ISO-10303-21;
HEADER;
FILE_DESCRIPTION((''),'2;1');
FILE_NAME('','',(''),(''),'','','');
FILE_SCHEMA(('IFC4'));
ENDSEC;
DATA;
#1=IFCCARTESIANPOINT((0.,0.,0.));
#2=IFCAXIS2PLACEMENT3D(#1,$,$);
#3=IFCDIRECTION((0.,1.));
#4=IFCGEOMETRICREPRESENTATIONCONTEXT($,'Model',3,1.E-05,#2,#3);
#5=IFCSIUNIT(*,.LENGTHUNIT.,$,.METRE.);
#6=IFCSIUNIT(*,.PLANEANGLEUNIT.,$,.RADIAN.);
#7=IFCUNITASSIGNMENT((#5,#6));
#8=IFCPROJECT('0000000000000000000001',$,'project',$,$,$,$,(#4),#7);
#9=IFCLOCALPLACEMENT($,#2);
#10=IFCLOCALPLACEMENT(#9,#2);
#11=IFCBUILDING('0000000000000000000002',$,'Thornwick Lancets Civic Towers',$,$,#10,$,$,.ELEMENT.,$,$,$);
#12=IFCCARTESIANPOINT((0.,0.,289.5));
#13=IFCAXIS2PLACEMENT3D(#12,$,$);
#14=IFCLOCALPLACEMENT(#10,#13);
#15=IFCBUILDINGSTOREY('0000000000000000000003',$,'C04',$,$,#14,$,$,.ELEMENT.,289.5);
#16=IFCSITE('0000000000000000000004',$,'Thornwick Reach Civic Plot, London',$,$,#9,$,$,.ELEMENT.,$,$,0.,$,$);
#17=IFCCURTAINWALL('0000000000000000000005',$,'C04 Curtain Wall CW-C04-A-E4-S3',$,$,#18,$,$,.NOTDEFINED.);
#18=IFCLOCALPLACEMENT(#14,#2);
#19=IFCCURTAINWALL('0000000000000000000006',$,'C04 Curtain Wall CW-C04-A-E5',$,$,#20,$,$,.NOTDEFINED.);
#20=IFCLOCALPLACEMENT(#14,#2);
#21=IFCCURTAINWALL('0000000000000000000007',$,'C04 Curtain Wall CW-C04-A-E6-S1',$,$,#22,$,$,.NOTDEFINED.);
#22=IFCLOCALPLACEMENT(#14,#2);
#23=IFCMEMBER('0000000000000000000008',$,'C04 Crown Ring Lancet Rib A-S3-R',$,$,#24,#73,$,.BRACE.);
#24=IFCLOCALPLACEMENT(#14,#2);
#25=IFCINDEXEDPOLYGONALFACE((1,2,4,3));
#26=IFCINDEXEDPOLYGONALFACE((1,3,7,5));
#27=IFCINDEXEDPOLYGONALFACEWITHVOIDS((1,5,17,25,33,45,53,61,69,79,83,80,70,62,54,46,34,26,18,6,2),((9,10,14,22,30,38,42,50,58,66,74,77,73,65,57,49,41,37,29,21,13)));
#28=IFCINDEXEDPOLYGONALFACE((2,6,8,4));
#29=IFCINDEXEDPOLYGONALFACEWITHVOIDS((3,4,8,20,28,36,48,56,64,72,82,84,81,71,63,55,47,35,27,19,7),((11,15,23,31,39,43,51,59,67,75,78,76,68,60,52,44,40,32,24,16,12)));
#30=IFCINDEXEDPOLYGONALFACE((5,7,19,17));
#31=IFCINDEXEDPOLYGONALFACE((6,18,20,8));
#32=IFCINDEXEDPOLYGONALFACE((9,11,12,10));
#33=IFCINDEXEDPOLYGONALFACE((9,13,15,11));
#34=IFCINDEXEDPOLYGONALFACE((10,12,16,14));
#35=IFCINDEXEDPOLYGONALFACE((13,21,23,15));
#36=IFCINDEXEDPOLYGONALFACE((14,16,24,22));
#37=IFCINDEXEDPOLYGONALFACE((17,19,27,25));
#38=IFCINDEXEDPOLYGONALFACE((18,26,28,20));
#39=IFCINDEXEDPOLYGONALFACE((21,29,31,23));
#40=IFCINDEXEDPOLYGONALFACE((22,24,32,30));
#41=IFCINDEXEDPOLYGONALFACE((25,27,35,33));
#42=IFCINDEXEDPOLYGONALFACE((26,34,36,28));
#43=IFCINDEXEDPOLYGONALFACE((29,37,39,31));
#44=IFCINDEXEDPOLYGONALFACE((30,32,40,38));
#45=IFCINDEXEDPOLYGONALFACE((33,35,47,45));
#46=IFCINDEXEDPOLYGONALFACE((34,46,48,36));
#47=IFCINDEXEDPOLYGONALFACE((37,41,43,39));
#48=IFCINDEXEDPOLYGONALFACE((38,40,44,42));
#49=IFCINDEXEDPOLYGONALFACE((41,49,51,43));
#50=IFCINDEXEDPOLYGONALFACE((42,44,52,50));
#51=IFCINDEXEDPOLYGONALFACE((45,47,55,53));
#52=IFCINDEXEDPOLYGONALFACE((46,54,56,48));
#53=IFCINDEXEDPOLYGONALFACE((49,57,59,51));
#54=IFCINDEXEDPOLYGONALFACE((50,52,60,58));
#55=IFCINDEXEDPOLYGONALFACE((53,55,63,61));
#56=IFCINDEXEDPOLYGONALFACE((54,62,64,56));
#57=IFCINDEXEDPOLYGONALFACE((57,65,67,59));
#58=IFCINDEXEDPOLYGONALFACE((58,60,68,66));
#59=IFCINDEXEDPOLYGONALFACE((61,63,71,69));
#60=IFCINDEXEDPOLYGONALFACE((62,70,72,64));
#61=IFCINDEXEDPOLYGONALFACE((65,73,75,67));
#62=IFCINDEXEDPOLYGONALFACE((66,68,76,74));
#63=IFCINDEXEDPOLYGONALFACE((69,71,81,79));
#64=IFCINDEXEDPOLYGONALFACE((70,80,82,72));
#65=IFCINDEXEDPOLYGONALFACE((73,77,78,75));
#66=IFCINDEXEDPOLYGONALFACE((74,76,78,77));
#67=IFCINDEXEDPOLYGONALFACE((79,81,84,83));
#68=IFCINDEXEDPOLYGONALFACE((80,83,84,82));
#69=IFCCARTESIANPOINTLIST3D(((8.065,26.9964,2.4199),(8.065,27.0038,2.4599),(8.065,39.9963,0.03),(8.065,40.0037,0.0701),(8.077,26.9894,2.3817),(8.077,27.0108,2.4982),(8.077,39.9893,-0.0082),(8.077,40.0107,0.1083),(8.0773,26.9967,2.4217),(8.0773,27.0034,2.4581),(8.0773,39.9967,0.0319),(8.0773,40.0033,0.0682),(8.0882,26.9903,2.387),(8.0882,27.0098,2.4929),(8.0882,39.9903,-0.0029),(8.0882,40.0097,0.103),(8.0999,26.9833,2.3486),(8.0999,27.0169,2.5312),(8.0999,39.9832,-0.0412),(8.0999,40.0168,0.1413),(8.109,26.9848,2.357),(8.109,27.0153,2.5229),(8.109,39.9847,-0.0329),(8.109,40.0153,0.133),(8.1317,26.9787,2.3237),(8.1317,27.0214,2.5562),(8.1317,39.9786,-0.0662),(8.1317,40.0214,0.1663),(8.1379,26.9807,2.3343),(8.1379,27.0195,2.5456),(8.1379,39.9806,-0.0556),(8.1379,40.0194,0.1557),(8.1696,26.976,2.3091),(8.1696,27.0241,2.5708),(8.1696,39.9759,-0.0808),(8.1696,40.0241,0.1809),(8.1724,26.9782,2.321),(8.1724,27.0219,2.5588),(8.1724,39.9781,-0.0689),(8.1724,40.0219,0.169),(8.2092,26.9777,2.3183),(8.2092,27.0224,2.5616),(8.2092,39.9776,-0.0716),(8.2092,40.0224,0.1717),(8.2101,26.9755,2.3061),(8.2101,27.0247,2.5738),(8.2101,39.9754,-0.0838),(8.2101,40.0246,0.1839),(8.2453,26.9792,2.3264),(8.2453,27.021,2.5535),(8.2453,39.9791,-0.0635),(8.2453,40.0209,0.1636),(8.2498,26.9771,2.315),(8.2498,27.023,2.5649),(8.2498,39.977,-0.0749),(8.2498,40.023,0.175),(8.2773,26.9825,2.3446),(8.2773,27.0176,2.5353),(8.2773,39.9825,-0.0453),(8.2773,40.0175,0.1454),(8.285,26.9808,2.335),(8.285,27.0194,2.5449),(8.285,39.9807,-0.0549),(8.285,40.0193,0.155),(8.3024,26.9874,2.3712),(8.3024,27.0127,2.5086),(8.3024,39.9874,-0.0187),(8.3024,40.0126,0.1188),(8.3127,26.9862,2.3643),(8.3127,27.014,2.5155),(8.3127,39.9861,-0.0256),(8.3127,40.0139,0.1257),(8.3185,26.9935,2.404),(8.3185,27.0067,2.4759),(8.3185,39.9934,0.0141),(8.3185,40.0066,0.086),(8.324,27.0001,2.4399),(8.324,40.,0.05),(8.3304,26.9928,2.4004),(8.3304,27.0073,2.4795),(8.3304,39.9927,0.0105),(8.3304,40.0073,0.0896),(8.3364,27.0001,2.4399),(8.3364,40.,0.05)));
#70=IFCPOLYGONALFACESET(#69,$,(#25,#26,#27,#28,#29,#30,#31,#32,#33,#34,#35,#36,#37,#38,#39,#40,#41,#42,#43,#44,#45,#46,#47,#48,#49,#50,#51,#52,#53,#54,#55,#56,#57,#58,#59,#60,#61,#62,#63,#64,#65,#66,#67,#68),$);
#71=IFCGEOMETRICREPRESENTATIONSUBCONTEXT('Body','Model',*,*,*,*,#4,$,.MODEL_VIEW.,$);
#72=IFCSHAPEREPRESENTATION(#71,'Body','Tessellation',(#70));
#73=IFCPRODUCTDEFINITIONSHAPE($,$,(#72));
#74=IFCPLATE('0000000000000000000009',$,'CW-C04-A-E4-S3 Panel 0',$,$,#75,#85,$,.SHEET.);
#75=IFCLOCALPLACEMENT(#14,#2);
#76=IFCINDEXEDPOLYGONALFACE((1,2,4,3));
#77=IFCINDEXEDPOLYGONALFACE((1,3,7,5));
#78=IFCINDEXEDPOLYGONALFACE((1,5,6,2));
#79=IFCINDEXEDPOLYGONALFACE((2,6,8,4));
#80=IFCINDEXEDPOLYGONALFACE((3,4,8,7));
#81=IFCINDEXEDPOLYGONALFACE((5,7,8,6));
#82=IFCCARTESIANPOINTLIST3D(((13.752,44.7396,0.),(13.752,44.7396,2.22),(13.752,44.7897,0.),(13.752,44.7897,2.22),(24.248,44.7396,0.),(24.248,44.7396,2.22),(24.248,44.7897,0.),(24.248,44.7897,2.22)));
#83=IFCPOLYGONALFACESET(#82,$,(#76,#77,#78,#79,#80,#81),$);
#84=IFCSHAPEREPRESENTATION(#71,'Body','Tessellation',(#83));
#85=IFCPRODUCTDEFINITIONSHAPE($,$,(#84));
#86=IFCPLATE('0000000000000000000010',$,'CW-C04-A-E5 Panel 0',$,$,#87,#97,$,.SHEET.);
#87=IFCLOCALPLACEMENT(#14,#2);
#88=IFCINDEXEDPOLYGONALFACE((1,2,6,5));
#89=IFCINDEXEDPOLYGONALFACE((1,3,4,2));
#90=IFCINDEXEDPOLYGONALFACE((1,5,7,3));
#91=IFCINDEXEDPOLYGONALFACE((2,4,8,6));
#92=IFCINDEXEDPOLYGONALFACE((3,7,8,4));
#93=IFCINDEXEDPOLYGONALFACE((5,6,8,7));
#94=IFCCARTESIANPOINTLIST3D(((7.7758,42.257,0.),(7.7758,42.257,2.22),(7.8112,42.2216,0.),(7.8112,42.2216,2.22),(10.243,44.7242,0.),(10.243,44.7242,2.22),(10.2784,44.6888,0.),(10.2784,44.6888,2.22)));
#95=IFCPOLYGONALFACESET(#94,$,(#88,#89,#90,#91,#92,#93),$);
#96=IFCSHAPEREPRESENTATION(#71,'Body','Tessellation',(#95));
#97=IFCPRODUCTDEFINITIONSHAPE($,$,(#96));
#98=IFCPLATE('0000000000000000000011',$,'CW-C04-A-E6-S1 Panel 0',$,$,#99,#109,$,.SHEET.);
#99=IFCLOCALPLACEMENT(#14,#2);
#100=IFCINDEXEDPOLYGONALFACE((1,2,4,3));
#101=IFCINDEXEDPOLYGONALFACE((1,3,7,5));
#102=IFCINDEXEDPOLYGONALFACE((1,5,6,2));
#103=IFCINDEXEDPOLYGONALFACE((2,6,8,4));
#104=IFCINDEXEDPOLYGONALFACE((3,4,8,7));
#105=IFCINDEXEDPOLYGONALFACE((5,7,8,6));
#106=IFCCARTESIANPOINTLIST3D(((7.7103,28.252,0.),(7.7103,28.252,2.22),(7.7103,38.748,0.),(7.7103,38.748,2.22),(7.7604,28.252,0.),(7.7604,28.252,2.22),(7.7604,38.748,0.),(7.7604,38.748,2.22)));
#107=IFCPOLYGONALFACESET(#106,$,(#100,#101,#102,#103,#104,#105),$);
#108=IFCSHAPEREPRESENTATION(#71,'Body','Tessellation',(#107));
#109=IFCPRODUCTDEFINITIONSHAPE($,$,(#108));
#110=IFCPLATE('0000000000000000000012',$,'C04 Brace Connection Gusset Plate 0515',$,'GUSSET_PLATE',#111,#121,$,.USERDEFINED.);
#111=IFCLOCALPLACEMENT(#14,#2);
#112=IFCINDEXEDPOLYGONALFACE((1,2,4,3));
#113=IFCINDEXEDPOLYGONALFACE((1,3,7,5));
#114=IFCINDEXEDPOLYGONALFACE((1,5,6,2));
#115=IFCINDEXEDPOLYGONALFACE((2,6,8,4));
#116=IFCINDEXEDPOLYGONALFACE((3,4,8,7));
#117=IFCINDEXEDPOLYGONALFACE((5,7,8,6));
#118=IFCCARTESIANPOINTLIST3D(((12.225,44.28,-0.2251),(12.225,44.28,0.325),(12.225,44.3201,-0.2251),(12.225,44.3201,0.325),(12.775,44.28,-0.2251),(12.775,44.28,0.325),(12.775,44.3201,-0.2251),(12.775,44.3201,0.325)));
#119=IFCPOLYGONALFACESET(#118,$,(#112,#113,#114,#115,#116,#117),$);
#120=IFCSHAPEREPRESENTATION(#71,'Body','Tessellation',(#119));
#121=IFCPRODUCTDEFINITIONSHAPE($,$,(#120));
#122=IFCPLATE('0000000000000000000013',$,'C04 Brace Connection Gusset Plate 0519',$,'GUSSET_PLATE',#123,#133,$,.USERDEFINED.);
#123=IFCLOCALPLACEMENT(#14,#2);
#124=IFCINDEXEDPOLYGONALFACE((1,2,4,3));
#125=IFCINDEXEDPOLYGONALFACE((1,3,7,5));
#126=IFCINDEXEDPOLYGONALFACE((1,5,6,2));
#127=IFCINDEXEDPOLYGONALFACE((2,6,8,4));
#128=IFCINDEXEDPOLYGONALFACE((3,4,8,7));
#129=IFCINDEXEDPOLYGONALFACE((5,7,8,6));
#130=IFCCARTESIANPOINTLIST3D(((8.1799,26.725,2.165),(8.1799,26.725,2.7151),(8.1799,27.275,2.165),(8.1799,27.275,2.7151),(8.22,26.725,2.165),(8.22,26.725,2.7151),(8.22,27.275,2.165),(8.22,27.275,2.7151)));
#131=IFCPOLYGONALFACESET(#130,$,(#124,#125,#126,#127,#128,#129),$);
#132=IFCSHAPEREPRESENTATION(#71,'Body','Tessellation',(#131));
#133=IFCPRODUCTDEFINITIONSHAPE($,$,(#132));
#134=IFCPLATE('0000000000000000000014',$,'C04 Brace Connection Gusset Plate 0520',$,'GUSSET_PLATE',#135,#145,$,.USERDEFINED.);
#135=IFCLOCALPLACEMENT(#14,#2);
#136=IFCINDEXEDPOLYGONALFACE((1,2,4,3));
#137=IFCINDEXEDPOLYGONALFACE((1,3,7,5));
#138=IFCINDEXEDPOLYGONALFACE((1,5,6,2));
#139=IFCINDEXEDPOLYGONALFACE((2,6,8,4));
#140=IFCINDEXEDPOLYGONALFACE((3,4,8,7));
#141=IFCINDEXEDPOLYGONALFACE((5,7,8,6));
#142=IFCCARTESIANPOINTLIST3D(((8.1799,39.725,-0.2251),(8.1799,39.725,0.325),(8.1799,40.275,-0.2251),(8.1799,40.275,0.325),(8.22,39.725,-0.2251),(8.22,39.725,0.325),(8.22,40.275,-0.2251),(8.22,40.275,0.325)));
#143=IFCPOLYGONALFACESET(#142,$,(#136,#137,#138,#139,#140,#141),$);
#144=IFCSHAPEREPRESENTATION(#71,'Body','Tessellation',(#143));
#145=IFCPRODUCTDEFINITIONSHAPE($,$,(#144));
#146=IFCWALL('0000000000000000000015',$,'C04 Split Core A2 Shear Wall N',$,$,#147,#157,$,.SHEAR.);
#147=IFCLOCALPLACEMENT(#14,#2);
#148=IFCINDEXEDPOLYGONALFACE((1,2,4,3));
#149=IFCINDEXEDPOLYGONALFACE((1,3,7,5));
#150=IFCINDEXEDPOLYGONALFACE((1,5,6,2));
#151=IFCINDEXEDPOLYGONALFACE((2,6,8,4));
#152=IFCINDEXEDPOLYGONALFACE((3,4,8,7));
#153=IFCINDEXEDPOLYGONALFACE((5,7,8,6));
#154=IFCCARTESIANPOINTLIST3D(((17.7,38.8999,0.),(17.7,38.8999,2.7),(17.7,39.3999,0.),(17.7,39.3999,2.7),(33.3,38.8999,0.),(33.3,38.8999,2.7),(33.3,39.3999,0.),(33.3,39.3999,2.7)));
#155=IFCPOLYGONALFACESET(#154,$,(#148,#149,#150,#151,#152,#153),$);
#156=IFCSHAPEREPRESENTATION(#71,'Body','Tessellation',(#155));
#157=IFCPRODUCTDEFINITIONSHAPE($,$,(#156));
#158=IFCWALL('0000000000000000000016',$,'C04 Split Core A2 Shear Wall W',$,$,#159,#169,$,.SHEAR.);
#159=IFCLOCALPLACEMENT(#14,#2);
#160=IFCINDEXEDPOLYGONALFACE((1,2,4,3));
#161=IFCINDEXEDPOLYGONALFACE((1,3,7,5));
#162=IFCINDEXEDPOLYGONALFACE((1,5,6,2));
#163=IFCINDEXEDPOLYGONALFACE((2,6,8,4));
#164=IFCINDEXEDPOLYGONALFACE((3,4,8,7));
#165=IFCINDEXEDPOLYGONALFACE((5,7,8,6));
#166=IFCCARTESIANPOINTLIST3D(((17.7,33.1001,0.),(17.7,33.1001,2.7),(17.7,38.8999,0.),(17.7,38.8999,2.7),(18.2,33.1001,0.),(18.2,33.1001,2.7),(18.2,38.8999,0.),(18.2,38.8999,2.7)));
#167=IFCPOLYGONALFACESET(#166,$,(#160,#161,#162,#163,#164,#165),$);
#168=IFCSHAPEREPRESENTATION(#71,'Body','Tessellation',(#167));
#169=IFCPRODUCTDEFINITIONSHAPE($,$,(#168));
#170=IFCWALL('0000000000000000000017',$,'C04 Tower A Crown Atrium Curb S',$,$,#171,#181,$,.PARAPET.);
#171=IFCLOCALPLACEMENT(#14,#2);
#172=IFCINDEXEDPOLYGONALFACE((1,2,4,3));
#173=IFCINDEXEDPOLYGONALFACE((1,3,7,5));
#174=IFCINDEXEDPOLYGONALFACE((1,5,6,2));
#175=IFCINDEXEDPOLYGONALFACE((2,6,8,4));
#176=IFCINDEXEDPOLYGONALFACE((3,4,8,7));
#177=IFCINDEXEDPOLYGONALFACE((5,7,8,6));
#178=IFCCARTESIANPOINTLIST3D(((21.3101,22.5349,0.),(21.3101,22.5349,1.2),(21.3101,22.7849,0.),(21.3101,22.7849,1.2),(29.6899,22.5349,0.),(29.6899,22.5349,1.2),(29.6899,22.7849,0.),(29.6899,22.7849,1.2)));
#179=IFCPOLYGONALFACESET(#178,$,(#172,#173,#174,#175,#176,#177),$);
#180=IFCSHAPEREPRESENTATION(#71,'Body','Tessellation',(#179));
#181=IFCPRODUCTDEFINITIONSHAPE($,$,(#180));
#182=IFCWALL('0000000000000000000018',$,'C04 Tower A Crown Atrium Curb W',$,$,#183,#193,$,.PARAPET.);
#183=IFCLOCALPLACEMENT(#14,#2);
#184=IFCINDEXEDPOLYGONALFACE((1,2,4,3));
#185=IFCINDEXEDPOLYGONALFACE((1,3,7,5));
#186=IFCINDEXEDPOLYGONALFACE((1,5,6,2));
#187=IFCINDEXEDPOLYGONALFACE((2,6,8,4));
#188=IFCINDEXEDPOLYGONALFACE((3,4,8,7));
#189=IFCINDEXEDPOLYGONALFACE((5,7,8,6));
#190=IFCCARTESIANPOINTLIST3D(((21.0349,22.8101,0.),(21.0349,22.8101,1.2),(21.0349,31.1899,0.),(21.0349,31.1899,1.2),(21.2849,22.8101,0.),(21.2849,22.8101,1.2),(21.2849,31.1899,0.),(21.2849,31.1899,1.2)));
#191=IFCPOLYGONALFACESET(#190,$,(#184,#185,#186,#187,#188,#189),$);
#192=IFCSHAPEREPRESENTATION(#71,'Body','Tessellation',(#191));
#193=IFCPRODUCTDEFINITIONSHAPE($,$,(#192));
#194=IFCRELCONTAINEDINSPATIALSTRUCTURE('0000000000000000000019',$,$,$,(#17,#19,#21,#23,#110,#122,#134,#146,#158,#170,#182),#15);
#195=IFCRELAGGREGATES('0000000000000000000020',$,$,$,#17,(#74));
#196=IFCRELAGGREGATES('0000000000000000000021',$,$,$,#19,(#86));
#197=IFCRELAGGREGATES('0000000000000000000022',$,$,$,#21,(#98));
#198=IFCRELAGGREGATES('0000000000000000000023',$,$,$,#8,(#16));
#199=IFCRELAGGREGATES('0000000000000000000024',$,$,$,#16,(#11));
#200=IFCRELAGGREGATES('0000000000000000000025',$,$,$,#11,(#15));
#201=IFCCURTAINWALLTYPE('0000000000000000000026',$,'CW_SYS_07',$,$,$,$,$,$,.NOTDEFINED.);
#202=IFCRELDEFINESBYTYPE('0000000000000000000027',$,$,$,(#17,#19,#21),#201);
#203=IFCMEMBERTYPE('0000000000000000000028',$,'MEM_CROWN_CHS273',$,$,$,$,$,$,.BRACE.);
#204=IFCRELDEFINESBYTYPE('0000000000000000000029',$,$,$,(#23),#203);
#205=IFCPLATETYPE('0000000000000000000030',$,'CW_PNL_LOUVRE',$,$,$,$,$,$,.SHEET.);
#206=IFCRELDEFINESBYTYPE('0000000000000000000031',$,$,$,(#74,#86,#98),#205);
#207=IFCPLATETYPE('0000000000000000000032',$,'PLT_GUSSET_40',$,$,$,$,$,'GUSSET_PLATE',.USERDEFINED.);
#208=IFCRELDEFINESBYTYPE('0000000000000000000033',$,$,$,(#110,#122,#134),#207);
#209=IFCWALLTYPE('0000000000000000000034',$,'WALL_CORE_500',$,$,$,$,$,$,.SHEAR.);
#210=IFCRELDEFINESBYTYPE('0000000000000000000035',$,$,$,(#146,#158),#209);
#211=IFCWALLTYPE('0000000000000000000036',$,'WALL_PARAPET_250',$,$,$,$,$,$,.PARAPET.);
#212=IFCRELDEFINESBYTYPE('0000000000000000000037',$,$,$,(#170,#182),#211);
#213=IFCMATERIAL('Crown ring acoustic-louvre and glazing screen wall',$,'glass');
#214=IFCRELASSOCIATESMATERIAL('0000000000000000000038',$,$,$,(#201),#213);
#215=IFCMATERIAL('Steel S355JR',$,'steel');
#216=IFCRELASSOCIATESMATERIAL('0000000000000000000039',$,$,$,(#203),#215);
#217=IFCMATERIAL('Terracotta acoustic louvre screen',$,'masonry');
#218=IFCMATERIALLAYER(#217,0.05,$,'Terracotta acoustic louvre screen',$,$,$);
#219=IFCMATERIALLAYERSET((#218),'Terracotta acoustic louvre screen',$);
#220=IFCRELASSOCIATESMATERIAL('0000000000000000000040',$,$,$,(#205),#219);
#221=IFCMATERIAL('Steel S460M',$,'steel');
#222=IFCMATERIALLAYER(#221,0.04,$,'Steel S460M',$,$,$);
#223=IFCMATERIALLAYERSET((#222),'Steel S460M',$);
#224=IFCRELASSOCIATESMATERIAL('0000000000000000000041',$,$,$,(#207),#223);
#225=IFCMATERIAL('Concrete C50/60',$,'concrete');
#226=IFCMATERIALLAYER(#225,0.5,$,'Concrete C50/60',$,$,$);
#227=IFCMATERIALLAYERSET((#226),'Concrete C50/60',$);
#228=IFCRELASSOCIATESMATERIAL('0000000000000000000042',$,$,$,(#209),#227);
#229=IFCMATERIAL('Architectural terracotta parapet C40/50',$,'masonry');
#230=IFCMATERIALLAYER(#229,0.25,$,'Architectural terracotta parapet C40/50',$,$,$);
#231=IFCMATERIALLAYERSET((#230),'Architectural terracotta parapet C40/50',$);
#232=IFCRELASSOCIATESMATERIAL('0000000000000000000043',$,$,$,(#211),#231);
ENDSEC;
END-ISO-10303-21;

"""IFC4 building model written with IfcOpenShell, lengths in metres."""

from ifc_helpers import new_model, si_unit, direction, frame, frame_2d, origin, origin_2d, place, context, subcontext, project, spatial, rectangle, hollow_circle, extrude, material, layer, layer_set, material_profile, profile_set, type_object, element, aggregate, save


model = new_model("IFC4")

# Units and contexts
model_context = context("Model", 3, precision=1e-05, world=origin(), true_north=direction((0.0, 1.0)))
body_context = subcontext(model_context, "Body", "Model", "MODEL_VIEW")
ifc_project = project(units=[si_unit("LENGTHUNIT", "METRE"), si_unit("PLANEANGLEUNIT", "RADIAN")], contexts=[model_context])

# Site, building, storey
site_placement = place(None, origin())
site = spatial("IfcSite", under=ifc_project, at=site_placement, Name="Thornwick Reach Civic Plot, London", CompositionType="ELEMENT", RefElevation=0.0)
building_placement = place(site_placement, origin())
building = spatial("IfcBuilding", under=site, at=building_placement, Name="Thornwick Lancets Civic Towers", CompositionType="ELEMENT")
storey_placement = place(building_placement, frame((0.0, 0.0, 289.5)))
storey = spatial("IfcBuildingStorey", under=building, at=storey_placement, Name="C04", CompositionType="ELEMENT", Elevation=289.5)

# Shared definitions
ifc_material_1 = material(Name="Steel S355JR", Category="steel")

# Curtain walls
ifc_material_2 = material(Name="Crown ring acoustic-louvre and glazing screen wall", Category="glass")
curtain_wall_type = type_object("IfcCurtainWallType", Name="CW_SYS_07", PredefinedType="NOTDEFINED", material=ifc_material_2)
curtain_wall_1_placement = place(storey_placement, origin())
curtain_wall_1 = element("IfcCurtainWall", 1, at=curtain_wall_1_placement, inside=storey, type_object=curtain_wall_type, Name="C04 Curtain Wall CW-C04-A-E4-S3", PredefinedType="NOTDEFINED")
curtain_wall_2_placement = place(storey_placement, origin())
curtain_wall_2 = element("IfcCurtainWall", 2, at=curtain_wall_2_placement, inside=storey, type_object=curtain_wall_type, Name="C04 Curtain Wall CW-C04-A-E5", PredefinedType="NOTDEFINED")
curtain_wall_3_placement = place(storey_placement, origin())
curtain_wall_3 = element("IfcCurtainWall", 3, at=curtain_wall_3_placement, inside=storey, type_object=curtain_wall_type, Name="C04 Curtain Wall CW-C04-A-E6-S1", PredefinedType="NOTDEFINED")

# Member
ifc_material_profile_1 = material_profile(ifc_material_1, hollow_circle(Radius=0.1365, WallThickness=0.0125, at=origin_2d()), Name="CHS 273x12.5")
ifc_profile_set_1 = profile_set([ifc_material_profile_1], Name="Steel S355JR")
member_type_1 = type_object("IfcMemberType", Name="MEM_CROWN_CHS273", PredefinedType="BRACE", material=ifc_profile_set_1)
for number, where, z_axis, x_axis, name in (
    (4, (8.2, 40.0, 0.05), (0.0, -0.983518, 0.180808), (1.0, 0.0, 0.0), "C04 Crown Ring Lancet Rib A-S3-R"),
):
    element("IfcMember", number, at=place(storey_placement, frame(where, z_axis=z_axis, x_axis=x_axis)), inside=storey, type_object=member_type_1, Name=name, PredefinedType="BRACE", context=body_context, shape_type="SweptSolid", body=[
        extrude(hollow_circle(Radius=0.1365, WallThickness=0.0125, at=origin_2d()), origin(), (0.0, 0.0, 1.0), 13.2178),
    ])

# Plates
ifc_material_3 = material(Name="Terracotta acoustic louvre screen", Category="masonry")
ifc_layer_1 = layer(ifc_material_3, 0.05, Name="Terracotta acoustic louvre screen")
ifc_layer_set_1 = layer_set([ifc_layer_1], Name="Terracotta acoustic louvre screen")
plate_type_1 = type_object("IfcPlateType", Name="CW_PNL_LOUVRE", PredefinedType="SHEET", material=ifc_layer_set_1)
plate_1_placement = place(storey_placement, frame((19.0, 44.7646, 0.0), z_axis=(0.0, 0.0, 1.0), x_axis=(-1.0, 0.0, 0.0)))
plate_1 = element("IfcPlate", 5, at=plate_1_placement, type_object=plate_type_1, Name="CW-C04-A-E4-S3 Panel 0", PredefinedType="SHEET", context=body_context, shape_type="SweptSolid", body=[
    extrude(rectangle(XDim=10.4961, YDim=0.05, at=origin_2d()), origin(), (0.0, 0.0, 1.0), 2.22),
])
aggregate(curtain_wall_1, [plate_1])
plate_2_placement = place(storey_placement, frame((9.0271, 43.4729, 0.0), z_axis=(0.0, 0.0, 1.0), x_axis=(-0.707107, -0.707107, 0.0)))
plate_2 = element("IfcPlate", 6, at=plate_2_placement, type_object=plate_type_1, Name="CW-C04-A-E5 Panel 0", PredefinedType="SHEET", context=body_context, shape_type="SweptSolid", body=[
    extrude(rectangle(XDim=3.4893, YDim=0.05, at=origin_2d()), origin(), (0.0, 0.0, 1.0), 2.22),
])
aggregate(curtain_wall_2, [plate_2])
plate_3_placement = place(storey_placement, frame((7.7354, 33.5, 0.0), z_axis=(0.0, 0.0, 1.0), x_axis=(0.0, -1.0, 0.0)))
plate_3 = element("IfcPlate", 7, at=plate_3_placement, type_object=plate_type_1, Name="CW-C04-A-E6-S1 Panel 0", PredefinedType="SHEET", context=body_context, shape_type="SweptSolid", body=[
    extrude(rectangle(XDim=10.4961, YDim=0.05, at=origin_2d()), origin(), (0.0, 0.0, 1.0), 2.22),
])
aggregate(curtain_wall_3, [plate_3])

# Plates
ifc_material_4 = material(Name="Steel S460M", Category="steel")
ifc_layer_2 = layer(ifc_material_4, 0.04, Name="Steel S460M")
ifc_layer_set_2 = layer_set([ifc_layer_2], Name="Steel S460M")
plate_type_2 = type_object("IfcPlateType", Name="PLT_GUSSET_40", ElementType="GUSSET_PLATE", PredefinedType="USERDEFINED", material=ifc_layer_set_2)
for number, where, z_axis, x_axis, name in (
    (8, (12.5, 44.3, -0.2251), (0.0, 0.0, 1.0), (1.0, 0.0, 0.0), "C04 Brace Connection Gusset Plate 0515"),
    (9, (8.2, 27.0, 2.165), (0.0, 0.0, 1.0), (0.0, 1.0, 0.0), "C04 Brace Connection Gusset Plate 0519"),
    (10, (8.2, 40.0, -0.2251), (0.0, 0.0, 1.0), (0.0, -1.0, 0.0), "C04 Brace Connection Gusset Plate 0520"),
):
    element("IfcPlate", number, at=place(storey_placement, frame(where, z_axis=z_axis, x_axis=x_axis)), inside=storey, type_object=plate_type_2, Name=name, ObjectType="GUSSET_PLATE", PredefinedType="USERDEFINED", context=body_context, shape_type="SweptSolid", body=[
        extrude(rectangle(XDim=0.55, YDim=0.04, at=origin_2d()), origin(), (0.0, 0.0, 1.0), 0.55),
    ])

# Walls
ifc_material_5 = material(Name="Concrete C50/60", Category="concrete")
ifc_layer_3 = layer(ifc_material_5, 0.5, Name="Concrete C50/60")
ifc_layer_set_3 = layer_set([ifc_layer_3], Name="Concrete C50/60")
wall_type_1 = type_object("IfcWallType", Name="WALL_CORE_500", PredefinedType="SHEAR", material=ifc_layer_set_3)
wall_1_placement = place(storey_placement, frame((17.7, 39.1499, 0.0), z_axis=(0.0, 0.0, 1.0), x_axis=(1.0, 0.0, 0.0)))
element("IfcWall", 11, at=wall_1_placement, inside=storey, type_object=wall_type_1, Name="C04 Split Core A2 Shear Wall N", PredefinedType="SHEAR", context=body_context, shape_type="SweptSolid", body=[
    extrude(rectangle(XDim=15.6001, YDim=0.5, at=frame_2d((7.8, 0.0))), origin(), (0.0, 0.0, 1.0), 2.7),
])
wall_2_placement = place(storey_placement, frame((17.95, 33.1001, 0.0), z_axis=(0.0, 0.0, 1.0), x_axis=(0.0, 1.0, 0.0)))
element("IfcWall", 12, at=wall_2_placement, inside=storey, type_object=wall_type_1, Name="C04 Split Core A2 Shear Wall W", PredefinedType="SHEAR", context=body_context, shape_type="SweptSolid", body=[
    extrude(rectangle(XDim=5.7998, YDim=0.5, at=frame_2d((2.8999, 0.0))), origin(), (0.0, 0.0, 1.0), 2.7),
])
ifc_material_6 = material(Name="Architectural terracotta parapet C40/50", Category="masonry")
ifc_layer_4 = layer(ifc_material_6, 0.25, Name="Architectural terracotta parapet C40/50")
ifc_layer_set_4 = layer_set([ifc_layer_4], Name="Architectural terracotta parapet C40/50")
wall_type_2 = type_object("IfcWallType", Name="WALL_PARAPET_250", PredefinedType="PARAPET", material=ifc_layer_set_4)
for number, where, z_axis, x_axis, name in (
    (13, (21.3101, 22.6599, 0.0), (0.0, 0.0, 1.0), (1.0, 0.0, 0.0), "C04 Tower A Crown Atrium Curb S"),
    (14, (21.1599, 31.1899, 0.0), (0.0, 0.0, 1.0), (0.0, -1.0, 0.0), "C04 Tower A Crown Atrium Curb W"),
):
    element("IfcWall", number, at=place(storey_placement, frame(where, z_axis=z_axis, x_axis=x_axis)), inside=storey, type_object=wall_type_2, Name=name, PredefinedType="PARAPET", context=body_context, shape_type="SweptSolid", body=[
        extrude(rectangle(XDim=8.3799, YDim=0.25, at=frame_2d((4.1899, 0.0))), origin(), (0.0, 0.0, 1.0), 1.2),
    ])

save(model, "model.ifc")
